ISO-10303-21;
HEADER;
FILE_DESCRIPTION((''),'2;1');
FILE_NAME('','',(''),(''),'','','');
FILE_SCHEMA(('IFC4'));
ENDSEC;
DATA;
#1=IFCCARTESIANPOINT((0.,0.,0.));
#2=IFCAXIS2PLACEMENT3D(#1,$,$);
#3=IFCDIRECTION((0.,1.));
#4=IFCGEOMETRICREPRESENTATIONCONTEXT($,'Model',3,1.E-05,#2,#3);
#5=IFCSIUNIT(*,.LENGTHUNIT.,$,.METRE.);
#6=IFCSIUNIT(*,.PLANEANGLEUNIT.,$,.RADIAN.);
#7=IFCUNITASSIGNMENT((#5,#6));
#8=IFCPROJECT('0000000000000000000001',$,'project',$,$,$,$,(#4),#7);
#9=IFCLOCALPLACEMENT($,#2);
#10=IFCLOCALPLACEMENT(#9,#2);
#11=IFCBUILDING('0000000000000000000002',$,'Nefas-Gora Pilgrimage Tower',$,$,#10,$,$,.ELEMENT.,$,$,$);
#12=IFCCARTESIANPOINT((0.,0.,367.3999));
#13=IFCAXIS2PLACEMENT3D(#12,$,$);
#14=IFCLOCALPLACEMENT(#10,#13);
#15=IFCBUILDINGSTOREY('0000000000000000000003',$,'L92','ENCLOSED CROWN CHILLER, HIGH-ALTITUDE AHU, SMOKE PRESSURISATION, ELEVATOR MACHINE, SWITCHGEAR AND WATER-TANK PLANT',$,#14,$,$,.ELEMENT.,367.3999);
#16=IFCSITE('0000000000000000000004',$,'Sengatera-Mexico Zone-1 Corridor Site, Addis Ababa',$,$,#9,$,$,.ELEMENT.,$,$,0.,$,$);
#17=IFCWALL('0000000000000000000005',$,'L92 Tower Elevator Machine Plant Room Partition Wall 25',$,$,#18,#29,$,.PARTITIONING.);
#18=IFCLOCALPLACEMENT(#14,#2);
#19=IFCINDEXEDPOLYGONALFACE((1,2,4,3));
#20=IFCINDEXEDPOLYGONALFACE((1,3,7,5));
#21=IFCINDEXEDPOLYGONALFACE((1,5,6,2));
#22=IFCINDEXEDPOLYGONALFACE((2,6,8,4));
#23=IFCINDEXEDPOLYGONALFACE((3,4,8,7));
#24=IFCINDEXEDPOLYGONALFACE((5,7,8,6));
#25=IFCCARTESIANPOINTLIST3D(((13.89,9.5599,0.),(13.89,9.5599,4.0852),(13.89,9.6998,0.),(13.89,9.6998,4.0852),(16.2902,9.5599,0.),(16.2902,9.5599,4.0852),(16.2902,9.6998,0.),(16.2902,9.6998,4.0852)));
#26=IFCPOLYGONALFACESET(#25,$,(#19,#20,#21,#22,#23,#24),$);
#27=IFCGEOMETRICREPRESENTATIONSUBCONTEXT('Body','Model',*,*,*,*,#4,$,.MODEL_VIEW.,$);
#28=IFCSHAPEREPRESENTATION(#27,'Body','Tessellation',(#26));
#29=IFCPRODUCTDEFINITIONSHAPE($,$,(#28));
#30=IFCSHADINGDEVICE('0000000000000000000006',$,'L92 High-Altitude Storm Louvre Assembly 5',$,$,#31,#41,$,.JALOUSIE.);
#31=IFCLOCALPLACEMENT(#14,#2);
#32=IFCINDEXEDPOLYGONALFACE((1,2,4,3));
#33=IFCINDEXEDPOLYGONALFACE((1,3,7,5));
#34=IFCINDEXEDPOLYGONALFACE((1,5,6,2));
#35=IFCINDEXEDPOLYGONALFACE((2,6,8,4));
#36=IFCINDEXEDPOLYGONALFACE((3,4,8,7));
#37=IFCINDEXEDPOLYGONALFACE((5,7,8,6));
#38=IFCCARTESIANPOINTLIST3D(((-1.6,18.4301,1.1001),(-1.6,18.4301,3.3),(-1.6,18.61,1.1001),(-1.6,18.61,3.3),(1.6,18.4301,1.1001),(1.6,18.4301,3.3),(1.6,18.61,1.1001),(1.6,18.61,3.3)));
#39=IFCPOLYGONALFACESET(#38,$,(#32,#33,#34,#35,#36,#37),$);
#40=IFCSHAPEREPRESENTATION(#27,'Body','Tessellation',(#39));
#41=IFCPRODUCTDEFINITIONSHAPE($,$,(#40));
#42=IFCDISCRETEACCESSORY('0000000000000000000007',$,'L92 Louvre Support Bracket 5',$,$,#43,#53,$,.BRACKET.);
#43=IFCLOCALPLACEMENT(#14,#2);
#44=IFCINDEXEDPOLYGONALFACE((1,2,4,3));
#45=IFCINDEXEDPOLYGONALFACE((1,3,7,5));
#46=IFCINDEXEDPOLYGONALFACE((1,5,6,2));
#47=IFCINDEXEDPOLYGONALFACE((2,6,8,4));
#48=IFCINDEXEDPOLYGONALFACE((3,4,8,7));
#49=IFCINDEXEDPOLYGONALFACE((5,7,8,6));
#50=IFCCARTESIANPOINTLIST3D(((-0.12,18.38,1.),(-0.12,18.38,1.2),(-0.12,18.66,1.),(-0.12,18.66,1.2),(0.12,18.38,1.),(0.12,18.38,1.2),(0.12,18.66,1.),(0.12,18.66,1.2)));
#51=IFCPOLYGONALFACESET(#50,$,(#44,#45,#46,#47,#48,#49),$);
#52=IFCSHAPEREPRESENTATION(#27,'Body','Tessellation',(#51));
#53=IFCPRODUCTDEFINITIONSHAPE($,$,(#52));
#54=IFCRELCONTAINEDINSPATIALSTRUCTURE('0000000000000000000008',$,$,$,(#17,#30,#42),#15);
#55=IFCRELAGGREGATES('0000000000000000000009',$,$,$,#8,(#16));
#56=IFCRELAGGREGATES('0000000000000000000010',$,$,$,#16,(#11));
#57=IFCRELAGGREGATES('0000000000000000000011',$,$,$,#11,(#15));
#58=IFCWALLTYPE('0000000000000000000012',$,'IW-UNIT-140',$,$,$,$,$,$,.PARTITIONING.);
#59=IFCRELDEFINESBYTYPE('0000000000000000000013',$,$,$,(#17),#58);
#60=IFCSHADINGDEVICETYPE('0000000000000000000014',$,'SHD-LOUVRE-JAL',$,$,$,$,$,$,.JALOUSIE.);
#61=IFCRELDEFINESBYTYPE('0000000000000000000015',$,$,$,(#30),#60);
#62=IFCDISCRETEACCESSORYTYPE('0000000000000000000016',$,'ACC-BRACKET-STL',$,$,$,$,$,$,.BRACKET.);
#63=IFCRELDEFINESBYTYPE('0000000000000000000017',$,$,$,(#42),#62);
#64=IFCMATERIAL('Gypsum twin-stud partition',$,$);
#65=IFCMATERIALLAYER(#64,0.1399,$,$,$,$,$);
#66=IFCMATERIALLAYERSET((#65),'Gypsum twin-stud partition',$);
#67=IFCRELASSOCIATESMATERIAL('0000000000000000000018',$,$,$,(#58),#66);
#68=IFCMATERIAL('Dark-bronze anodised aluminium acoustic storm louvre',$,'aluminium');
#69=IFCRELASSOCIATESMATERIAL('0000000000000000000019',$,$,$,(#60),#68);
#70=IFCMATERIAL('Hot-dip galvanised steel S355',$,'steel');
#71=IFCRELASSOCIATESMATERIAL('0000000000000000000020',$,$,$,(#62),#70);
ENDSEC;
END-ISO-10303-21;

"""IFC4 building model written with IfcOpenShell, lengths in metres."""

from ifc_helpers import new_model, si_unit, direction, frame, frame_2d, origin, origin_2d, place, context, subcontext, project, spatial, rectangle, extrude, source, transform, mapped, material, layer, layer_set, type_object, element, save


model = new_model("IFC4")

# Units and contexts
model_context = context("Model", 3, precision=1e-05, world=origin(), true_north=direction((0.0, 1.0)))
body_context = subcontext(model_context, "Body", "Model", "MODEL_VIEW")
ifc_project = project(units=[si_unit("LENGTHUNIT", "METRE"), si_unit("PLANEANGLEUNIT", "RADIAN")], contexts=[model_context])

# Site, building, storey
site_placement = place(None, origin())
site = spatial("IfcSite", under=ifc_project, at=site_placement, Name="Sengatera-Mexico Zone-1 Corridor Site, Addis Ababa", CompositionType="ELEMENT", RefElevation=0.0)
building_placement = place(site_placement, origin())
building = spatial("IfcBuilding", under=site, at=building_placement, Name="Nefas-Gora Pilgrimage Tower", CompositionType="ELEMENT")
storey_placement = place(building_placement, frame((0.0, 0.0, 367.3999)))
storey = spatial("IfcBuildingStorey", under=building, at=storey_placement, Name="L92", Description="ENCLOSED CROWN CHILLER, HIGH-ALTITUDE AHU, SMOKE PRESSURISATION, ELEVATOR MACHINE, SWITCHGEAR AND WATER-TANK PLANT", CompositionType="ELEMENT", Elevation=367.3999)

# Wall
ifc_material_1 = material(Name="Gypsum twin-stud partition")
ifc_layer_1 = layer(ifc_material_1, 0.1399)
ifc_layer_set_1 = layer_set([ifc_layer_1], Name="Gypsum twin-stud partition")
wall_type_1 = type_object("IfcWallType", Name="IW-UNIT-140", PredefinedType="PARTITIONING", material=ifc_layer_set_1)
shared_shape_1 = source(origin(), body_context, "Body", "SweptSolid", [
    extrude(rectangle(XDim=2.4001, YDim=0.1399, at=frame_2d((1.2002, 0.0))), origin(), (0.0, 0.0, 1.0), 4.0852),
])
wall_1_placement = place(storey_placement, frame((13.8899, 9.6299, 0.0), z_axis=(0.0, 0.0, 1.0), x_axis=(1.0, 0.0, 0.0)))
element("IfcWall", 1, at=wall_1_placement, inside=storey, type_object=wall_type_1, Name="L92 Tower Elevator Machine Plant Room Partition Wall 25", PredefinedType="PARTITIONING", context=body_context, shape_type="MappedRepresentation", body=[
    mapped(shared_shape_1, transform((0.0, 0.0, 0.0), x_axis=(1.0, 0.0, 0.0), y_axis=(0.0, 1.0, 0.0), z_axis=(0.0, 0.0, 1.0), scale=1.0)),
])

# Shading device
ifc_material_2 = material(Name="Dark-bronze anodised aluminium acoustic storm louvre", Category="aluminium")
shading_device_type = type_object("IfcShadingDeviceType", Name="SHD-LOUVRE-JAL", PredefinedType="JALOUSIE", material=ifc_material_2)
shared_shape_2 = source(origin(), body_context, "Body", "SweptSolid", [
    extrude(rectangle(XDim=3.2, YDim=0.1799, at=origin_2d()), origin(), (0.0, 0.0, 1.0), 2.2),
])
shading_device_placement = place(storey_placement, frame((0.0, 18.52, 1.1001), z_axis=(0.0, 0.0, 1.0), x_axis=(1.0, 0.0, 0.0)))
element("IfcShadingDevice", 2, at=shading_device_placement, inside=storey, type_object=shading_device_type, Name="L92 High-Altitude Storm Louvre Assembly 5", PredefinedType="JALOUSIE", context=body_context, shape_type="MappedRepresentation", body=[
    mapped(shared_shape_2, transform((0.0, 0.0, 0.0), x_axis=(1.0, 0.0, 0.0), y_axis=(0.0, 1.0, 0.0), z_axis=(0.0, 0.0, 1.0), scale=1.0)),
])

# Discrete accessory
ifc_material_3 = material(Name="Hot-dip galvanised steel S355", Category="steel")
discrete_accessory_type = type_object("IfcDiscreteAccessoryType", Name="ACC-BRACKET-STL", PredefinedType="BRACKET", material=ifc_material_3)
shared_shape_3 = source(origin(), body_context, "Body", "SweptSolid", [
    extrude(rectangle(XDim=0.24, YDim=0.28, at=origin_2d()), origin(), (0.0, 0.0, 1.0), 0.2),
])
discrete_accessory_placement = place(storey_placement, frame((0.0, 18.52, 1.0), z_axis=(0.0, 0.0, 1.0), x_axis=(1.0, 0.0, 0.0)))
element("IfcDiscreteAccessory", 3, at=discrete_accessory_placement, inside=storey, type_object=discrete_accessory_type, Name="L92 Louvre Support Bracket 5", PredefinedType="BRACKET", context=body_context, shape_type="MappedRepresentation", body=[
    mapped(shared_shape_3, transform((0.0, 0.0, 0.0), x_axis=(1.0, 0.0, 0.0), y_axis=(0.0, 1.0, 0.0), z_axis=(0.0, 0.0, 1.0), scale=1.0)),
])

save(model, "model.ifc")
